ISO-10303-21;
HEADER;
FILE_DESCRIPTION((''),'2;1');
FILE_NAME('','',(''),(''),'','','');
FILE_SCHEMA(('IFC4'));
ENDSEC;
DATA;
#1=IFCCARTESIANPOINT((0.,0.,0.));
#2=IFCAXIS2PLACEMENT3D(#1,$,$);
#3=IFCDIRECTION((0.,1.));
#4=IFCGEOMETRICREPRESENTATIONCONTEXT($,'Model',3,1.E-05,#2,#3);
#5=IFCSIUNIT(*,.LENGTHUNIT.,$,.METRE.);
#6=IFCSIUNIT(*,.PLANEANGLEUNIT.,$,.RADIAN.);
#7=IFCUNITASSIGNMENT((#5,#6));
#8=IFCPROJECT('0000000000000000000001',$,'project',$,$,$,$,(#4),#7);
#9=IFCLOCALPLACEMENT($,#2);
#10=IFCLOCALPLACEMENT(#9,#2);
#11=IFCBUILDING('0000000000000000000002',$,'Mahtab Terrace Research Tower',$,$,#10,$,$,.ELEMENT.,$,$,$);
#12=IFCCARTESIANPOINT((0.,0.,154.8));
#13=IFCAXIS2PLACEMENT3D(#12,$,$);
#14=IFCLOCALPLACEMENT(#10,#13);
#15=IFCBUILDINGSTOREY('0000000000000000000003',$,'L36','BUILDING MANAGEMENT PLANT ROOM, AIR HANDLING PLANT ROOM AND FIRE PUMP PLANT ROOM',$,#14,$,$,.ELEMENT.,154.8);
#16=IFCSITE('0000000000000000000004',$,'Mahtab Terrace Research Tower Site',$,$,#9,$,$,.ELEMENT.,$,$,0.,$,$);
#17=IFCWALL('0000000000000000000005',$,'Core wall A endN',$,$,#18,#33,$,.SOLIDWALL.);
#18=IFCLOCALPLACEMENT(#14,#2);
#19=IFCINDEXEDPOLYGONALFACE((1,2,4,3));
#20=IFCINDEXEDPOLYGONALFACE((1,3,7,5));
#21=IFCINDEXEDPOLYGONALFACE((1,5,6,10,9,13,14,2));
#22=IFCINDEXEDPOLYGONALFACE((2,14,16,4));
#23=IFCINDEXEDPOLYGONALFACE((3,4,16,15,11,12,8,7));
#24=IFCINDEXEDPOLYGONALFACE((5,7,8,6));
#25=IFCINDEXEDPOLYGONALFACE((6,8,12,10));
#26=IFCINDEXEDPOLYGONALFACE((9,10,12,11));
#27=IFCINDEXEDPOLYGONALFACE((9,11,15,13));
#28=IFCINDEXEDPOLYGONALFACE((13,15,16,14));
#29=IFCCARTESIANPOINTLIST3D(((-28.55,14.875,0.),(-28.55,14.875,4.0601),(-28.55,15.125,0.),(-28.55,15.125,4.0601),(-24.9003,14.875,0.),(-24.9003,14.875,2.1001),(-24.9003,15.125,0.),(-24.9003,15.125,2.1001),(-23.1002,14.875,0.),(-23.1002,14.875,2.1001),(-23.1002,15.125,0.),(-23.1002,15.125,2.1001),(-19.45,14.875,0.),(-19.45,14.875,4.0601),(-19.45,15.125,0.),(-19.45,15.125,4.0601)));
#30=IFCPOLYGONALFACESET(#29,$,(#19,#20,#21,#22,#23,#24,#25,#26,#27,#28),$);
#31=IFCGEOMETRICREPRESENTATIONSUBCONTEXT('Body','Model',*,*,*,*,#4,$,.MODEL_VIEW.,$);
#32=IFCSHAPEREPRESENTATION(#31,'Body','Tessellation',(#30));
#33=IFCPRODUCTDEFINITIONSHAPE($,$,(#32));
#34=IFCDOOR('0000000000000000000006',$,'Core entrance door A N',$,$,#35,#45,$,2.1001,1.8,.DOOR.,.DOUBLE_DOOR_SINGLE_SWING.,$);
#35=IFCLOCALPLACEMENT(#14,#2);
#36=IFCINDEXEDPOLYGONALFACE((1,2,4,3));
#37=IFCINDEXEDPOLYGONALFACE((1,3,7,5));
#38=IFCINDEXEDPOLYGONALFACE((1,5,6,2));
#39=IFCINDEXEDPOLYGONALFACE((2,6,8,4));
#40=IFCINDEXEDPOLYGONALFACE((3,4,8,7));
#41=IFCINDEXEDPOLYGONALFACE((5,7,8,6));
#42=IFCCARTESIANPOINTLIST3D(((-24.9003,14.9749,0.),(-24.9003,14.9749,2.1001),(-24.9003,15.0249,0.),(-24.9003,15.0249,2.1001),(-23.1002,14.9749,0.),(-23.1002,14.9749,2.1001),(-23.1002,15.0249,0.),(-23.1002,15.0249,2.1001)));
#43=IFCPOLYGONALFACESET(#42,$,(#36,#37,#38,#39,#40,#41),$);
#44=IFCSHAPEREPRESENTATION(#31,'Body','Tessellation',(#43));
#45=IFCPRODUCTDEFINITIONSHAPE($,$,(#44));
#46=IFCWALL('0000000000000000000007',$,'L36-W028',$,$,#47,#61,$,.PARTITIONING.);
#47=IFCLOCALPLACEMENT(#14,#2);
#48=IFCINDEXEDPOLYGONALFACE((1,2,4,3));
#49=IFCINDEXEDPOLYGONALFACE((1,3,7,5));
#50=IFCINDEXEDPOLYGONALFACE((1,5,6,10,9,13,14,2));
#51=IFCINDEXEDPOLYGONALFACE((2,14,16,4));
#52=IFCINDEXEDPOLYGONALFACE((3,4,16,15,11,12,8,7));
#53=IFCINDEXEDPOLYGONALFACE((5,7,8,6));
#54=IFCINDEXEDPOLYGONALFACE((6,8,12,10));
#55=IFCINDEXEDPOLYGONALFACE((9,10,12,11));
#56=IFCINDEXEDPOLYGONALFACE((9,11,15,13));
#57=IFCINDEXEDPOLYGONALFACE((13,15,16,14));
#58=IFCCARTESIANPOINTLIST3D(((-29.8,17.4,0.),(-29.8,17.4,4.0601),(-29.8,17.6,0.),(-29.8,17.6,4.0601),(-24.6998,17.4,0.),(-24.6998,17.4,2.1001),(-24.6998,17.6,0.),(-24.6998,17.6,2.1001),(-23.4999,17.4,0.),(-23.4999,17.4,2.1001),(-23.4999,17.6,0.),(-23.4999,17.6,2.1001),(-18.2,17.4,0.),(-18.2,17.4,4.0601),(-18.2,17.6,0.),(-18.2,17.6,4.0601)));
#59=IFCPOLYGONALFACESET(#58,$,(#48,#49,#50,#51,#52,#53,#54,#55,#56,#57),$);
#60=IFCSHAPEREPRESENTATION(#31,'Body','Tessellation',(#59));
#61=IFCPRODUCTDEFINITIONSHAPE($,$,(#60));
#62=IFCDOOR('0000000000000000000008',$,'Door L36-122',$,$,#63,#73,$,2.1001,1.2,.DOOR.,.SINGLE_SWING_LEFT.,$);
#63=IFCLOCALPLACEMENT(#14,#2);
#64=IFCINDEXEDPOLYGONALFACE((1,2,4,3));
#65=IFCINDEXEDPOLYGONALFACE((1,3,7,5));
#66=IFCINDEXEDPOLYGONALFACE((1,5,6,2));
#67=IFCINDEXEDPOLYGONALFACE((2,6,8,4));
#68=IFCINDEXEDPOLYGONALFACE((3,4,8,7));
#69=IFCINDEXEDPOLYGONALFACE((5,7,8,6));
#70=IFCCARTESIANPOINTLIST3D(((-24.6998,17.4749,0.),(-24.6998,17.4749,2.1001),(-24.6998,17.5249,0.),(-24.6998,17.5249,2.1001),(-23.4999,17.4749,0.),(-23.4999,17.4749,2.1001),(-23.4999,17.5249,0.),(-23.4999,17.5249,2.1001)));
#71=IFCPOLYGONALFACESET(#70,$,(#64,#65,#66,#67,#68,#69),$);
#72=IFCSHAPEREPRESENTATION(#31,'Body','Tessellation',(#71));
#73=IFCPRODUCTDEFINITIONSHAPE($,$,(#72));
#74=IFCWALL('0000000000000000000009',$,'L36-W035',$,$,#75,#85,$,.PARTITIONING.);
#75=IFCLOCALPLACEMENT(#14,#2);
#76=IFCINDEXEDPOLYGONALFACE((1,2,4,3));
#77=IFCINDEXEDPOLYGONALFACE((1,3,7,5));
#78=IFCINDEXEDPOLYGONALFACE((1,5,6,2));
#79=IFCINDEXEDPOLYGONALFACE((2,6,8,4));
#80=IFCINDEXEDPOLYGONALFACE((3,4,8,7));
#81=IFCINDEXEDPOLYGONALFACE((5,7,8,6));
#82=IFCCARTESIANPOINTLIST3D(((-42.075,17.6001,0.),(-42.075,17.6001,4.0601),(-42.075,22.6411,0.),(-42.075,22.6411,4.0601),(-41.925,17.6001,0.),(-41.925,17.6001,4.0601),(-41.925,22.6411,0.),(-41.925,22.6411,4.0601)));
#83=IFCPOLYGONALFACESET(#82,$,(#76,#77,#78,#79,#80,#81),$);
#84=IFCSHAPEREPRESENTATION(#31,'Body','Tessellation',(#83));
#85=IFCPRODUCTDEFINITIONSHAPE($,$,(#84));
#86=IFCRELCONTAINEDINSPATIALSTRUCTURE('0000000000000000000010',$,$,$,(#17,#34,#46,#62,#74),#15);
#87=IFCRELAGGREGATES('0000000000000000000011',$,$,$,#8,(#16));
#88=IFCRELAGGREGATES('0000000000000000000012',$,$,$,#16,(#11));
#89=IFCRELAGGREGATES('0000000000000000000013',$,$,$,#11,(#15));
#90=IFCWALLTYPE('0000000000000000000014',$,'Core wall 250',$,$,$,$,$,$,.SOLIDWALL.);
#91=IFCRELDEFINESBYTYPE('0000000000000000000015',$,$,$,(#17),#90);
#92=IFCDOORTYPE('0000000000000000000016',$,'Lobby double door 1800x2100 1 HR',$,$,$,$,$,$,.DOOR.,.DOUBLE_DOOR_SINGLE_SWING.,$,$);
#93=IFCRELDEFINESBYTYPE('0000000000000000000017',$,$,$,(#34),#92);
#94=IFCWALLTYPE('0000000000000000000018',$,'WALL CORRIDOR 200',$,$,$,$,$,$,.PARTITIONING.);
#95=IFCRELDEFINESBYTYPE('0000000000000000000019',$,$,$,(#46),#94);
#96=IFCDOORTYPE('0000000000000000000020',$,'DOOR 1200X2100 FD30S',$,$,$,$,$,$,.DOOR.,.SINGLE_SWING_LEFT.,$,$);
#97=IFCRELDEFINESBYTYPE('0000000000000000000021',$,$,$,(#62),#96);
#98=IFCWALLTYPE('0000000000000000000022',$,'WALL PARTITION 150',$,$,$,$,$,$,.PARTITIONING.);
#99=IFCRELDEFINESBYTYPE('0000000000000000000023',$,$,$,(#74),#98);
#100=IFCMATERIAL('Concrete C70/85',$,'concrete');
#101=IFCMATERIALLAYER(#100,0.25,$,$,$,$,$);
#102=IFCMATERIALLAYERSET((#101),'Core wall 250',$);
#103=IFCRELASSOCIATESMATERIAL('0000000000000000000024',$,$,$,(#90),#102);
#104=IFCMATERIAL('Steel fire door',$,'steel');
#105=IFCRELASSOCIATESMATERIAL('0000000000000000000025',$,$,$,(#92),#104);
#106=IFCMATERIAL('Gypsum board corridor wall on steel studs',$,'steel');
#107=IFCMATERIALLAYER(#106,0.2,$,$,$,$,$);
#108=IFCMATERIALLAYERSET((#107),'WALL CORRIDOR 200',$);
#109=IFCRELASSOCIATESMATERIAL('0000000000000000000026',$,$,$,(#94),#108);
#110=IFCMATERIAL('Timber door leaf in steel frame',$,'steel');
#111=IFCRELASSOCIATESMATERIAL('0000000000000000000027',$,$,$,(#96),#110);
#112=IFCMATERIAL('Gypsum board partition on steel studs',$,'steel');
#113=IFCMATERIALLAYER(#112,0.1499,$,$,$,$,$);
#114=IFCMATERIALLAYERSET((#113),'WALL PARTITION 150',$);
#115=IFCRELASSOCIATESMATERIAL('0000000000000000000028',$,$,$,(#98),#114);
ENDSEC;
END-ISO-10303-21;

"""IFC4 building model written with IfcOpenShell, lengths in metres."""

from ifc_helpers import new_model, si_unit, direction, frame, frame_2d, origin, place, context, subcontext, project, spatial, rectangle, extrude, material, layer, layer_set, type_object, element, fill, save


model = new_model("IFC4")

# Units and contexts
model_context = context("Model", 3, precision=1e-05, world=origin(), true_north=direction((0.0, 1.0)))
body_context = subcontext(model_context, "Body", "Model", "MODEL_VIEW")
ifc_project = project(units=[si_unit("LENGTHUNIT", "METRE"), si_unit("PLANEANGLEUNIT", "RADIAN")], contexts=[model_context])

# Site, building, storey
site_placement = place(None, origin())
site = spatial("IfcSite", under=ifc_project, at=site_placement, Name="Mahtab Terrace Research Tower Site", CompositionType="ELEMENT", RefElevation=0.0)
building_placement = place(site_placement, origin())
building = spatial("IfcBuilding", under=site, at=building_placement, Name="Mahtab Terrace Research Tower", CompositionType="ELEMENT")
storey_placement = place(building_placement, frame((0.0, 0.0, 154.8)))
storey = spatial("IfcBuildingStorey", under=building, at=storey_placement, Name="L36", Description="BUILDING MANAGEMENT PLANT ROOM, AIR HANDLING PLANT ROOM AND FIRE PUMP PLANT ROOM", CompositionType="ELEMENT", Elevation=154.8)

# Shared definitions
ifc_material_1 = material(Name="Concrete C70/85", Category="concrete")
ifc_layer_1 = layer(ifc_material_1, 0.25)
ifc_layer_set_1 = layer_set([ifc_layer_1], Name="Core wall 250")
wall_type_1 = type_object("IfcWallType", Name="Core wall 250", PredefinedType="SOLIDWALL", material=ifc_layer_set_1)

# Walls, openings, doors
wall_1_placement = place(storey_placement, frame((-28.55, 15.0, 0.0), z_axis=(0.0, 0.0, 1.0), x_axis=(1.0, 0.0, 0.0)))
wall_1 = element("IfcWall", 1, at=wall_1_placement, inside=storey, type_object=wall_type_1, Name="Core wall A endN", PredefinedType="SOLIDWALL", context=body_context, shape_type="SweptSolid", body=[
    extrude(rectangle(XDim=9.1001, YDim=0.25, at=frame_2d((4.55, 0.0))), origin(), (0.0, 0.0, 1.0), 4.0601),
])
opening_1_placement = place(wall_1_placement, frame((3.6499, 0.0, 0.0)))
opening_1 = element("IfcOpeningElement", 2, at=opening_1_placement, cuts=wall_1, PredefinedType="OPENING", context=body_context, shape_type="SweptSolid", body=[
    extrude(rectangle(XDim=1.8, YDim=2.1001, at=frame_2d((0.8999, 1.05))), frame((0.0, 0.135, 0.0), z_axis=(0.0, -1.0, 0.0), x_axis=(1.0, 0.0, 0.0)), (0.0, 0.0, 1.0), 0.27),
])
ifc_material_2 = material(Name="Steel fire door", Category="steel")
door_type_1 = type_object("IfcDoorType", Name="Lobby double door 1800x2100 1 HR", OperationType="DOUBLE_DOOR_SINGLE_SWING", PredefinedType="DOOR", material=ifc_material_2)
door_1_placement = place(opening_1_placement, origin())
door_1 = element("IfcDoor", 3, at=door_1_placement, inside=storey, type_object=door_type_1, Name="Core entrance door A N", OperationType="DOUBLE_DOOR_SINGLE_SWING", OverallHeight=2.1001, OverallWidth=1.8, PredefinedType="DOOR", context=body_context, shape_type="SweptSolid", body=[
    extrude(rectangle(XDim=1.8, YDim=2.1001, at=frame_2d((0.8999, 1.05))), frame((0.0, 0.0249, 0.0), z_axis=(0.0, -1.0, 0.0), x_axis=(1.0, 0.0, 0.0)), (0.0, 0.0, 1.0), 0.05),
])
fill(opening_1, door_1)
ifc_material_3 = material(Name="Gypsum board corridor wall on steel studs", Category="steel")
ifc_layer_2 = layer(ifc_material_3, 0.2)
ifc_layer_set_2 = layer_set([ifc_layer_2], Name="WALL CORRIDOR 200")
wall_type_2 = type_object("IfcWallType", Name="WALL CORRIDOR 200", PredefinedType="PARTITIONING", material=ifc_layer_set_2)
wall_2_placement = place(storey_placement, frame((-29.8, 17.5, 0.0), z_axis=(0.0, 0.0, 1.0), x_axis=(1.0, 0.0, 0.0)))
wall_2 = element("IfcWall", 4, at=wall_2_placement, inside=storey, type_object=wall_type_2, Name="L36-W028", PredefinedType="PARTITIONING", context=body_context, shape_type="SweptSolid", body=[
    extrude(rectangle(XDim=11.6001, YDim=0.2, at=frame_2d((5.8, 0.0))), origin(), (0.0, 0.0, 1.0), 4.0601),
])
opening_2_placement = place(wall_2_placement, frame((5.1001, 0.0, 0.0)))
opening_2 = element("IfcOpeningElement", 5, at=opening_2_placement, cuts=wall_2, PredefinedType="OPENING", context=body_context, shape_type="SweptSolid", body=[
    extrude(rectangle(XDim=1.2, YDim=2.1001, at=frame_2d((0.6001, 1.05))), frame((0.0, 0.1099, 0.0), z_axis=(0.0, -1.0, 0.0), x_axis=(1.0, 0.0, 0.0)), (0.0, 0.0, 1.0), 0.22),
])
ifc_material_4 = material(Name="Timber door leaf in steel frame", Category="steel")
door_type_2 = type_object("IfcDoorType", Name="DOOR 1200X2100 FD30S", OperationType="SINGLE_SWING_LEFT", PredefinedType="DOOR", material=ifc_material_4)
door_2_placement = place(opening_2_placement, origin())
door_2 = element("IfcDoor", 6, at=door_2_placement, inside=storey, type_object=door_type_2, Name="Door L36-122", OperationType="SINGLE_SWING_LEFT", OverallHeight=2.1001, OverallWidth=1.2, PredefinedType="DOOR", context=body_context, shape_type="SweptSolid", body=[
    extrude(rectangle(XDim=1.2, YDim=2.1001, at=frame_2d((0.6001, 1.05))), frame((0.0, 0.0249, 0.0), z_axis=(0.0, -1.0, 0.0), x_axis=(1.0, 0.0, 0.0)), (0.0, 0.0, 1.0), 0.05),
])
fill(opening_2, door_2)

# Wall
ifc_material_5 = material(Name="Gypsum board partition on steel studs", Category="steel")
ifc_layer_3 = layer(ifc_material_5, 0.1499)
ifc_layer_set_3 = layer_set([ifc_layer_3], Name="WALL PARTITION 150")
wall_type_3 = type_object("IfcWallType", Name="WALL PARTITION 150", PredefinedType="PARTITIONING", material=ifc_layer_set_3)
wall_3_placement = place(storey_placement, frame((-42.0, 17.6001, 0.0), z_axis=(0.0, 0.0, 1.0), x_axis=(0.0, 1.0, 0.0)))
element("IfcWall", 7, at=wall_3_placement, inside=storey, type_object=wall_type_3, Name="L36-W035", PredefinedType="PARTITIONING", context=body_context, shape_type="SweptSolid", body=[
    extrude(rectangle(XDim=5.041, YDim=0.1499, at=frame_2d((2.5205, 0.0))), origin(), (0.0, 0.0, 1.0), 4.0601),
])

save(model, "model.ifc")
